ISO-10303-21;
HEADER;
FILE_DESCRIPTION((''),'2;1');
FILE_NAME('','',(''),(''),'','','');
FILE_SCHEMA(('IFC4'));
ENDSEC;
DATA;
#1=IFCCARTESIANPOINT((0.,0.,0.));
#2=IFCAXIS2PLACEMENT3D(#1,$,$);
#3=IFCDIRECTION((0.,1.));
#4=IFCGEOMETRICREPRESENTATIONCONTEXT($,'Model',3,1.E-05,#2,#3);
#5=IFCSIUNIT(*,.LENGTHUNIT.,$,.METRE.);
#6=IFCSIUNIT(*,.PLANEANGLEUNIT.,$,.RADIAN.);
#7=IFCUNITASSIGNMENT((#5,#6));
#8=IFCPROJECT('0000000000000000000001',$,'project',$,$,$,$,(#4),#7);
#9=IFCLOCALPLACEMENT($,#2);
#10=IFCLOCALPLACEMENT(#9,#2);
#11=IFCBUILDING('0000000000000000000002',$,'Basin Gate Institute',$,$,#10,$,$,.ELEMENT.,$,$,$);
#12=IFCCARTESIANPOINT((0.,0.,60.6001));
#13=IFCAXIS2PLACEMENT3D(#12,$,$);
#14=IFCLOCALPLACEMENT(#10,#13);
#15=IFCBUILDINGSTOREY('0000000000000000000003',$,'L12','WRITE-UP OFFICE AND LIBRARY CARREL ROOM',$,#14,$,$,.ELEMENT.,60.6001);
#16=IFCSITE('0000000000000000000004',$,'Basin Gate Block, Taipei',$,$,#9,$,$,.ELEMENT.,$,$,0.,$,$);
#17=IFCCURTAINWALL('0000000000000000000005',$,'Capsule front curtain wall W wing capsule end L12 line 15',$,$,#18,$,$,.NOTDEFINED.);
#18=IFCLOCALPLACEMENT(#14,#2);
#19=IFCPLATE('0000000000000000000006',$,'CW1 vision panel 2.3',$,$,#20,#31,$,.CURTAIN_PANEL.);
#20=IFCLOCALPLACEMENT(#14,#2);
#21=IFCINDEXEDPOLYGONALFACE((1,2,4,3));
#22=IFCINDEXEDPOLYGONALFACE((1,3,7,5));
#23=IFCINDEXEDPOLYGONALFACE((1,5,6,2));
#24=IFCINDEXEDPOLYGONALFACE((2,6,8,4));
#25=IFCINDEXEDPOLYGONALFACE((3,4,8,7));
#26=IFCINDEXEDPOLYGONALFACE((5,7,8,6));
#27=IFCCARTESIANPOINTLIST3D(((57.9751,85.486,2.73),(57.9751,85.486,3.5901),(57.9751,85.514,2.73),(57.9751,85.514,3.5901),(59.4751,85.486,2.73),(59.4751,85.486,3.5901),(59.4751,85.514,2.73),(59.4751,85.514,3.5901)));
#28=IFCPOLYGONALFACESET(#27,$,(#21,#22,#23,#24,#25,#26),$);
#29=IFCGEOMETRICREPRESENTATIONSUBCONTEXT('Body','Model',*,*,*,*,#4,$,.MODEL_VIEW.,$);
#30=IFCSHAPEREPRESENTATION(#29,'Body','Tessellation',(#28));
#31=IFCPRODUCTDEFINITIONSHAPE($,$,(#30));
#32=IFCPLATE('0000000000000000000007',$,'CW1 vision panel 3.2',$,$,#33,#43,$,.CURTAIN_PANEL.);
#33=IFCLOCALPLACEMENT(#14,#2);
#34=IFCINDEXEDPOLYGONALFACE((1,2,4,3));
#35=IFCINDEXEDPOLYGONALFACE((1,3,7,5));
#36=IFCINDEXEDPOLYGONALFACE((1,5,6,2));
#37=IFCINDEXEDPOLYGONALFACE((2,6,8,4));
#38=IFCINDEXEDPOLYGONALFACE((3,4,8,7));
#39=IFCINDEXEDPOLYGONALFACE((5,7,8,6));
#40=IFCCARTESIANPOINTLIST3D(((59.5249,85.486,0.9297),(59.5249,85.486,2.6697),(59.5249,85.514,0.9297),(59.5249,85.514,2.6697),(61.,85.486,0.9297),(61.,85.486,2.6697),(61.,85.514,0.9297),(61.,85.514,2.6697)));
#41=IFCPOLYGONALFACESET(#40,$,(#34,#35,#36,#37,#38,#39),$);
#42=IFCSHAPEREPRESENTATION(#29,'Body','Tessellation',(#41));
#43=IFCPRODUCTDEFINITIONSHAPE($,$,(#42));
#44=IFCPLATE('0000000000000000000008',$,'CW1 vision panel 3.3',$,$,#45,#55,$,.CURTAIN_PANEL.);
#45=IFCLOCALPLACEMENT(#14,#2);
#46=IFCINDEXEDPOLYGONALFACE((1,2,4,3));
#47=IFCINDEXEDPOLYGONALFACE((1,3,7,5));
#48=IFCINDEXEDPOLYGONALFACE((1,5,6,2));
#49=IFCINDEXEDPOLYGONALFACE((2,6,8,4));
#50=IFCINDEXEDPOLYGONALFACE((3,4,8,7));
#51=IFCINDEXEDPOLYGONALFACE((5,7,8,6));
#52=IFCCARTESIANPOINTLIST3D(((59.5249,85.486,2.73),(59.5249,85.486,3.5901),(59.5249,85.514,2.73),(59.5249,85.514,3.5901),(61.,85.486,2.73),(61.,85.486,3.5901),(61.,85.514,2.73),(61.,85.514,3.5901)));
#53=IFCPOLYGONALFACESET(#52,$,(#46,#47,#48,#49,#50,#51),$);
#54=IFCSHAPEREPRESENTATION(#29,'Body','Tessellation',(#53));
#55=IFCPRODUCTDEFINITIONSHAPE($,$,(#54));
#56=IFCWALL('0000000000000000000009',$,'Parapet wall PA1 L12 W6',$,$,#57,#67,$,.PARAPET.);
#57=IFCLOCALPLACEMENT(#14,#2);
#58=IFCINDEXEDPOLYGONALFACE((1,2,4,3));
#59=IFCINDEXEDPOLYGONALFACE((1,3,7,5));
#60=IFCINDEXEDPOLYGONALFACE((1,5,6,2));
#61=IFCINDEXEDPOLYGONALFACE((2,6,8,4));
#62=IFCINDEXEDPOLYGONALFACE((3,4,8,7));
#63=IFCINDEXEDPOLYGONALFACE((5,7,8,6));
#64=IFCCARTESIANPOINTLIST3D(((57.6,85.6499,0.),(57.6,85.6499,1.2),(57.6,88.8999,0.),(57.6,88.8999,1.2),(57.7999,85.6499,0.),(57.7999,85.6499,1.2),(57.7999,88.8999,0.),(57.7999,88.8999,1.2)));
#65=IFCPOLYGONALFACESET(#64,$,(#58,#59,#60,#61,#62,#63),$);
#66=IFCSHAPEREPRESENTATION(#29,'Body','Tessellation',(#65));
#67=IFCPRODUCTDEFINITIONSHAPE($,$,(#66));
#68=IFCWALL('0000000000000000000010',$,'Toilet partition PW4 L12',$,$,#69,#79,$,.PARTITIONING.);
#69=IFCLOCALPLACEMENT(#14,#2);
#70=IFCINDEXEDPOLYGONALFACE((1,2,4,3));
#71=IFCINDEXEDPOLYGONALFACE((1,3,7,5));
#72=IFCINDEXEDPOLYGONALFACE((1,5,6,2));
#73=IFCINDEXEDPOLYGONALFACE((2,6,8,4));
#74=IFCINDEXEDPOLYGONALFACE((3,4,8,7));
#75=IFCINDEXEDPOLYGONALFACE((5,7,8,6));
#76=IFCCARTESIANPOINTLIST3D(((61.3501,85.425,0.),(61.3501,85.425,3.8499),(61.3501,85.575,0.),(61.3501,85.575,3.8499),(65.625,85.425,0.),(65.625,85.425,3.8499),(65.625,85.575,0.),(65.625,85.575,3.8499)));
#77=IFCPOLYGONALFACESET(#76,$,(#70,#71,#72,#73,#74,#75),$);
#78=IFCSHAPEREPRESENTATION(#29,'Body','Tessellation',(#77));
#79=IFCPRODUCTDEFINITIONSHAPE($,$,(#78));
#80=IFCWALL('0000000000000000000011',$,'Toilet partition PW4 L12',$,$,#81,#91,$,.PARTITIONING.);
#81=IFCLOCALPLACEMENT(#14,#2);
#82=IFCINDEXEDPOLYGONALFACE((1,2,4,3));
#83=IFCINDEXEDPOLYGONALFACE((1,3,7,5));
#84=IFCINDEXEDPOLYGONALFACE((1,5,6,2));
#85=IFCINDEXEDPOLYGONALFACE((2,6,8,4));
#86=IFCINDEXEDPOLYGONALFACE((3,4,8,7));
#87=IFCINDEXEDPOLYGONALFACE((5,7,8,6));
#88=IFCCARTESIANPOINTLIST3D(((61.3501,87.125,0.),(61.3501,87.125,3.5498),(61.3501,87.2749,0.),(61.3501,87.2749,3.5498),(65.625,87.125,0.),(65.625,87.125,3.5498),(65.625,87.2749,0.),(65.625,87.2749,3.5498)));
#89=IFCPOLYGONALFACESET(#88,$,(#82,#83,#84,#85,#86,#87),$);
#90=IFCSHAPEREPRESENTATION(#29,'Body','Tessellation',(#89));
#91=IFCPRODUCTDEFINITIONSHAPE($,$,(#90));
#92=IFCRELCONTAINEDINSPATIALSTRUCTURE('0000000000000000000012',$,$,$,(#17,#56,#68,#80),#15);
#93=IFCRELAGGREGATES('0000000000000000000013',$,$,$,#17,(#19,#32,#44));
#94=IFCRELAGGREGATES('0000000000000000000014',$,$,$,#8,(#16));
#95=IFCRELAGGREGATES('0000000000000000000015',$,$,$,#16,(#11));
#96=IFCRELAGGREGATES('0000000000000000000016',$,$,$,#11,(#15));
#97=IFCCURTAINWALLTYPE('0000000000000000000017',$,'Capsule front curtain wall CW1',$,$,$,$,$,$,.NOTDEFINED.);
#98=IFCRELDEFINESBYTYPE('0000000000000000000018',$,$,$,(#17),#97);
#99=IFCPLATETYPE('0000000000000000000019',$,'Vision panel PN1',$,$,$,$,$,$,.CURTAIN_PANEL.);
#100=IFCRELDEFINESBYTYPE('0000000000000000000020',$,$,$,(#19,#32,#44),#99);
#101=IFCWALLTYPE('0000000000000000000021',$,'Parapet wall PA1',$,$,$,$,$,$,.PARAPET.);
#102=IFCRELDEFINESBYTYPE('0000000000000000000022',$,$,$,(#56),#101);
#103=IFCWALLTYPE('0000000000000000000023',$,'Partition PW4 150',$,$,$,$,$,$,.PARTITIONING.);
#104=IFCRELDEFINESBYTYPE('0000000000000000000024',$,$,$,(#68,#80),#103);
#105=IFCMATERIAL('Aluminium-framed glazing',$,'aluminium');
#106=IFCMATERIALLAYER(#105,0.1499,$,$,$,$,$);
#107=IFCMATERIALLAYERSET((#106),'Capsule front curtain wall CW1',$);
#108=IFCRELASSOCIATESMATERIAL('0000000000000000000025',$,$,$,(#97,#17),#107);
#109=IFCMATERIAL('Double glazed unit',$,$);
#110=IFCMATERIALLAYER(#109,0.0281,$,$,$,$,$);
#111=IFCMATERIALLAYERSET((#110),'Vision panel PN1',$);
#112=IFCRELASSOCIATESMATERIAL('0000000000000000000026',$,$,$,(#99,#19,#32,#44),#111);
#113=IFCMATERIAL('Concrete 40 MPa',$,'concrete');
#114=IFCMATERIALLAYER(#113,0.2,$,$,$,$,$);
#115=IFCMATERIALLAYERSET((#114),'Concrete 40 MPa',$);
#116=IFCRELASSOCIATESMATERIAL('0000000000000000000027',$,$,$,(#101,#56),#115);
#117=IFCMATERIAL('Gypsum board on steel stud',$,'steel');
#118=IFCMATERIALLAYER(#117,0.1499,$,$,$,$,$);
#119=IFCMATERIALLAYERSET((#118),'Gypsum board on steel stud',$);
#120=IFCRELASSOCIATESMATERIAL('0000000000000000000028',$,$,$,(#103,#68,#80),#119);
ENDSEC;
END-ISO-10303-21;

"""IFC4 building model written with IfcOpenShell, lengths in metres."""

from ifc_helpers import new_model, si_unit, direction, frame, frame_2d, origin, origin_2d, place, context, subcontext, project, spatial, rectangle, extrude, material, layer, layer_set, type_object, element, aggregate, save


model = new_model("IFC4")

# Units and contexts
model_context = context("Model", 3, precision=1e-05, world=origin(), true_north=direction((0.0, 1.0)))
body_context = subcontext(model_context, "Body", "Model", "MODEL_VIEW")
ifc_project = project(units=[si_unit("LENGTHUNIT", "METRE"), si_unit("PLANEANGLEUNIT", "RADIAN")], contexts=[model_context])

# Site, building, storey
site_placement = place(None, origin())
site = spatial("IfcSite", under=ifc_project, at=site_placement, Name="Basin Gate Block, Taipei", CompositionType="ELEMENT", RefElevation=0.0)
building_placement = place(site_placement, origin())
building = spatial("IfcBuilding", under=site, at=building_placement, Name="Basin Gate Institute", CompositionType="ELEMENT")
storey_placement = place(building_placement, frame((0.0, 0.0, 60.6001)))
storey = spatial("IfcBuildingStorey", under=building, at=storey_placement, Name="L12", Description="WRITE-UP OFFICE AND LIBRARY CARREL ROOM", CompositionType="ELEMENT", Elevation=60.6001)

# Curtain wall
ifc_material_1 = material(Name="Aluminium-framed glazing", Category="aluminium")
ifc_layer_1 = layer(ifc_material_1, 0.1499)
ifc_layer_set_1 = layer_set([ifc_layer_1], Name="Capsule front curtain wall CW1")
curtain_wall_type = type_object("IfcCurtainWallType", Name="Capsule front curtain wall CW1", PredefinedType="NOTDEFINED", material=ifc_layer_set_1)
curtain_wall_1_placement = place(storey_placement, origin())
curtain_wall_1 = element("IfcCurtainWall", 1, at=curtain_wall_1_placement, inside=storey, type_object=curtain_wall_type, material=ifc_layer_set_1, Name="Capsule front curtain wall W wing capsule end L12 line 15", PredefinedType="NOTDEFINED")

# Plates
ifc_material_2 = material(Name="Double glazed unit")
ifc_layer_2 = layer(ifc_material_2, 0.0281)
ifc_layer_set_2 = layer_set([ifc_layer_2], Name="Vision panel PN1")
plate_type_1 = type_object("IfcPlateType", Name="Vision panel PN1", PredefinedType="CURTAIN_PANEL", material=ifc_layer_set_2)
plate_1_placement = place(storey_placement, frame((58.7251, 85.5, 2.73), z_axis=(0.0, 0.0, 1.0), x_axis=(1.0, 0.0, 0.0)))
plate_1 = element("IfcPlate", 2, at=plate_1_placement, type_object=plate_type_1, material=ifc_layer_set_2, Name="CW1 vision panel 2.3", PredefinedType="CURTAIN_PANEL", context=body_context, shape_type="SweptSolid", body=[
    extrude(rectangle(XDim=1.5, YDim=0.0281, at=origin_2d()), origin(), (0.0, 0.0, 1.0), 0.8601),
])
plate_2_placement = place(storey_placement, frame((60.2625, 85.5, 0.9297), z_axis=(0.0, 0.0, 1.0), x_axis=(1.0, 0.0, 0.0)))
plate_2 = element("IfcPlate", 3, at=plate_2_placement, type_object=plate_type_1, material=ifc_layer_set_2, Name="CW1 vision panel 3.2", PredefinedType="CURTAIN_PANEL", context=body_context, shape_type="SweptSolid", body=[
    extrude(rectangle(XDim=1.4751, YDim=0.0281, at=origin_2d()), origin(), (0.0, 0.0, 1.0), 1.74),
])
plate_3_placement = place(storey_placement, frame((60.2625, 85.5, 2.73), z_axis=(0.0, 0.0, 1.0), x_axis=(1.0, 0.0, 0.0)))
plate_3 = element("IfcPlate", 4, at=plate_3_placement, type_object=plate_type_1, material=ifc_layer_set_2, Name="CW1 vision panel 3.3", PredefinedType="CURTAIN_PANEL", context=body_context, shape_type="SweptSolid", body=[
    extrude(rectangle(XDim=1.4751, YDim=0.0281, at=origin_2d()), origin(), (0.0, 0.0, 1.0), 0.8601),
])
aggregate(curtain_wall_1, [plate_1, plate_2, plate_3])

# Walls
ifc_material_3 = material(Name="Concrete 40 MPa", Category="concrete")
ifc_layer_3 = layer(ifc_material_3, 0.2)
ifc_layer_set_3 = layer_set([ifc_layer_3], Name="Concrete 40 MPa")
wall_type_1 = type_object("IfcWallType", Name="Parapet wall PA1", PredefinedType="PARAPET", material=ifc_layer_set_3)
wall_1_placement = place(storey_placement, frame((57.7, 85.6499, 0.0), z_axis=(0.0, 0.0, 1.0), x_axis=(0.0, 1.0, 0.0)))
element("IfcWall", 5, at=wall_1_placement, inside=storey, type_object=wall_type_1, material=ifc_layer_set_3, Name="Parapet wall PA1 L12 W6", PredefinedType="PARAPET", context=body_context, shape_type="SweptSolid", body=[
    extrude(rectangle(XDim=3.25, YDim=0.2, at=frame_2d((1.625, 0.0))), origin(), (0.0, 0.0, 1.0), 1.2),
])
ifc_material_4 = material(Name="Gypsum board on steel stud", Category="steel")
ifc_layer_4 = layer(ifc_material_4, 0.1499)
ifc_layer_set_4 = layer_set([ifc_layer_4], Name="Gypsum board on steel stud")
wall_type_2 = type_object("IfcWallType", Name="Partition PW4 150", PredefinedType="PARTITIONING", material=ifc_layer_set_4)
wall_2_placement = place(storey_placement, frame((61.3501, 85.5, 0.0), z_axis=(0.0, 0.0, 1.0), x_axis=(1.0, 0.0, 0.0)))
element("IfcWall", 6, at=wall_2_placement, inside=storey, type_object=wall_type_2, material=ifc_layer_set_4, Name="Toilet partition PW4 L12", PredefinedType="PARTITIONING", context=body_context, shape_type="SweptSolid", body=[
    extrude(rectangle(XDim=4.2749, YDim=0.1499, at=frame_2d((2.1375, 0.0))), origin(), (0.0, 0.0, 1.0), 3.8499),
])
wall_3_placement = place(storey_placement, frame((61.3501, 87.2, 0.0), z_axis=(0.0, 0.0, 1.0), x_axis=(1.0, 0.0, 0.0)))
element("IfcWall", 7, at=wall_3_placement, inside=storey, type_object=wall_type_2, material=ifc_layer_set_4, Name="Toilet partition PW4 L12", PredefinedType="PARTITIONING", context=body_context, shape_type="SweptSolid", body=[
    extrude(rectangle(XDim=4.2749, YDim=0.1499, at=frame_2d((2.1375, 0.0))), origin(), (0.0, 0.0, 1.0), 3.5498),
])

save(model, "model.ifc")
